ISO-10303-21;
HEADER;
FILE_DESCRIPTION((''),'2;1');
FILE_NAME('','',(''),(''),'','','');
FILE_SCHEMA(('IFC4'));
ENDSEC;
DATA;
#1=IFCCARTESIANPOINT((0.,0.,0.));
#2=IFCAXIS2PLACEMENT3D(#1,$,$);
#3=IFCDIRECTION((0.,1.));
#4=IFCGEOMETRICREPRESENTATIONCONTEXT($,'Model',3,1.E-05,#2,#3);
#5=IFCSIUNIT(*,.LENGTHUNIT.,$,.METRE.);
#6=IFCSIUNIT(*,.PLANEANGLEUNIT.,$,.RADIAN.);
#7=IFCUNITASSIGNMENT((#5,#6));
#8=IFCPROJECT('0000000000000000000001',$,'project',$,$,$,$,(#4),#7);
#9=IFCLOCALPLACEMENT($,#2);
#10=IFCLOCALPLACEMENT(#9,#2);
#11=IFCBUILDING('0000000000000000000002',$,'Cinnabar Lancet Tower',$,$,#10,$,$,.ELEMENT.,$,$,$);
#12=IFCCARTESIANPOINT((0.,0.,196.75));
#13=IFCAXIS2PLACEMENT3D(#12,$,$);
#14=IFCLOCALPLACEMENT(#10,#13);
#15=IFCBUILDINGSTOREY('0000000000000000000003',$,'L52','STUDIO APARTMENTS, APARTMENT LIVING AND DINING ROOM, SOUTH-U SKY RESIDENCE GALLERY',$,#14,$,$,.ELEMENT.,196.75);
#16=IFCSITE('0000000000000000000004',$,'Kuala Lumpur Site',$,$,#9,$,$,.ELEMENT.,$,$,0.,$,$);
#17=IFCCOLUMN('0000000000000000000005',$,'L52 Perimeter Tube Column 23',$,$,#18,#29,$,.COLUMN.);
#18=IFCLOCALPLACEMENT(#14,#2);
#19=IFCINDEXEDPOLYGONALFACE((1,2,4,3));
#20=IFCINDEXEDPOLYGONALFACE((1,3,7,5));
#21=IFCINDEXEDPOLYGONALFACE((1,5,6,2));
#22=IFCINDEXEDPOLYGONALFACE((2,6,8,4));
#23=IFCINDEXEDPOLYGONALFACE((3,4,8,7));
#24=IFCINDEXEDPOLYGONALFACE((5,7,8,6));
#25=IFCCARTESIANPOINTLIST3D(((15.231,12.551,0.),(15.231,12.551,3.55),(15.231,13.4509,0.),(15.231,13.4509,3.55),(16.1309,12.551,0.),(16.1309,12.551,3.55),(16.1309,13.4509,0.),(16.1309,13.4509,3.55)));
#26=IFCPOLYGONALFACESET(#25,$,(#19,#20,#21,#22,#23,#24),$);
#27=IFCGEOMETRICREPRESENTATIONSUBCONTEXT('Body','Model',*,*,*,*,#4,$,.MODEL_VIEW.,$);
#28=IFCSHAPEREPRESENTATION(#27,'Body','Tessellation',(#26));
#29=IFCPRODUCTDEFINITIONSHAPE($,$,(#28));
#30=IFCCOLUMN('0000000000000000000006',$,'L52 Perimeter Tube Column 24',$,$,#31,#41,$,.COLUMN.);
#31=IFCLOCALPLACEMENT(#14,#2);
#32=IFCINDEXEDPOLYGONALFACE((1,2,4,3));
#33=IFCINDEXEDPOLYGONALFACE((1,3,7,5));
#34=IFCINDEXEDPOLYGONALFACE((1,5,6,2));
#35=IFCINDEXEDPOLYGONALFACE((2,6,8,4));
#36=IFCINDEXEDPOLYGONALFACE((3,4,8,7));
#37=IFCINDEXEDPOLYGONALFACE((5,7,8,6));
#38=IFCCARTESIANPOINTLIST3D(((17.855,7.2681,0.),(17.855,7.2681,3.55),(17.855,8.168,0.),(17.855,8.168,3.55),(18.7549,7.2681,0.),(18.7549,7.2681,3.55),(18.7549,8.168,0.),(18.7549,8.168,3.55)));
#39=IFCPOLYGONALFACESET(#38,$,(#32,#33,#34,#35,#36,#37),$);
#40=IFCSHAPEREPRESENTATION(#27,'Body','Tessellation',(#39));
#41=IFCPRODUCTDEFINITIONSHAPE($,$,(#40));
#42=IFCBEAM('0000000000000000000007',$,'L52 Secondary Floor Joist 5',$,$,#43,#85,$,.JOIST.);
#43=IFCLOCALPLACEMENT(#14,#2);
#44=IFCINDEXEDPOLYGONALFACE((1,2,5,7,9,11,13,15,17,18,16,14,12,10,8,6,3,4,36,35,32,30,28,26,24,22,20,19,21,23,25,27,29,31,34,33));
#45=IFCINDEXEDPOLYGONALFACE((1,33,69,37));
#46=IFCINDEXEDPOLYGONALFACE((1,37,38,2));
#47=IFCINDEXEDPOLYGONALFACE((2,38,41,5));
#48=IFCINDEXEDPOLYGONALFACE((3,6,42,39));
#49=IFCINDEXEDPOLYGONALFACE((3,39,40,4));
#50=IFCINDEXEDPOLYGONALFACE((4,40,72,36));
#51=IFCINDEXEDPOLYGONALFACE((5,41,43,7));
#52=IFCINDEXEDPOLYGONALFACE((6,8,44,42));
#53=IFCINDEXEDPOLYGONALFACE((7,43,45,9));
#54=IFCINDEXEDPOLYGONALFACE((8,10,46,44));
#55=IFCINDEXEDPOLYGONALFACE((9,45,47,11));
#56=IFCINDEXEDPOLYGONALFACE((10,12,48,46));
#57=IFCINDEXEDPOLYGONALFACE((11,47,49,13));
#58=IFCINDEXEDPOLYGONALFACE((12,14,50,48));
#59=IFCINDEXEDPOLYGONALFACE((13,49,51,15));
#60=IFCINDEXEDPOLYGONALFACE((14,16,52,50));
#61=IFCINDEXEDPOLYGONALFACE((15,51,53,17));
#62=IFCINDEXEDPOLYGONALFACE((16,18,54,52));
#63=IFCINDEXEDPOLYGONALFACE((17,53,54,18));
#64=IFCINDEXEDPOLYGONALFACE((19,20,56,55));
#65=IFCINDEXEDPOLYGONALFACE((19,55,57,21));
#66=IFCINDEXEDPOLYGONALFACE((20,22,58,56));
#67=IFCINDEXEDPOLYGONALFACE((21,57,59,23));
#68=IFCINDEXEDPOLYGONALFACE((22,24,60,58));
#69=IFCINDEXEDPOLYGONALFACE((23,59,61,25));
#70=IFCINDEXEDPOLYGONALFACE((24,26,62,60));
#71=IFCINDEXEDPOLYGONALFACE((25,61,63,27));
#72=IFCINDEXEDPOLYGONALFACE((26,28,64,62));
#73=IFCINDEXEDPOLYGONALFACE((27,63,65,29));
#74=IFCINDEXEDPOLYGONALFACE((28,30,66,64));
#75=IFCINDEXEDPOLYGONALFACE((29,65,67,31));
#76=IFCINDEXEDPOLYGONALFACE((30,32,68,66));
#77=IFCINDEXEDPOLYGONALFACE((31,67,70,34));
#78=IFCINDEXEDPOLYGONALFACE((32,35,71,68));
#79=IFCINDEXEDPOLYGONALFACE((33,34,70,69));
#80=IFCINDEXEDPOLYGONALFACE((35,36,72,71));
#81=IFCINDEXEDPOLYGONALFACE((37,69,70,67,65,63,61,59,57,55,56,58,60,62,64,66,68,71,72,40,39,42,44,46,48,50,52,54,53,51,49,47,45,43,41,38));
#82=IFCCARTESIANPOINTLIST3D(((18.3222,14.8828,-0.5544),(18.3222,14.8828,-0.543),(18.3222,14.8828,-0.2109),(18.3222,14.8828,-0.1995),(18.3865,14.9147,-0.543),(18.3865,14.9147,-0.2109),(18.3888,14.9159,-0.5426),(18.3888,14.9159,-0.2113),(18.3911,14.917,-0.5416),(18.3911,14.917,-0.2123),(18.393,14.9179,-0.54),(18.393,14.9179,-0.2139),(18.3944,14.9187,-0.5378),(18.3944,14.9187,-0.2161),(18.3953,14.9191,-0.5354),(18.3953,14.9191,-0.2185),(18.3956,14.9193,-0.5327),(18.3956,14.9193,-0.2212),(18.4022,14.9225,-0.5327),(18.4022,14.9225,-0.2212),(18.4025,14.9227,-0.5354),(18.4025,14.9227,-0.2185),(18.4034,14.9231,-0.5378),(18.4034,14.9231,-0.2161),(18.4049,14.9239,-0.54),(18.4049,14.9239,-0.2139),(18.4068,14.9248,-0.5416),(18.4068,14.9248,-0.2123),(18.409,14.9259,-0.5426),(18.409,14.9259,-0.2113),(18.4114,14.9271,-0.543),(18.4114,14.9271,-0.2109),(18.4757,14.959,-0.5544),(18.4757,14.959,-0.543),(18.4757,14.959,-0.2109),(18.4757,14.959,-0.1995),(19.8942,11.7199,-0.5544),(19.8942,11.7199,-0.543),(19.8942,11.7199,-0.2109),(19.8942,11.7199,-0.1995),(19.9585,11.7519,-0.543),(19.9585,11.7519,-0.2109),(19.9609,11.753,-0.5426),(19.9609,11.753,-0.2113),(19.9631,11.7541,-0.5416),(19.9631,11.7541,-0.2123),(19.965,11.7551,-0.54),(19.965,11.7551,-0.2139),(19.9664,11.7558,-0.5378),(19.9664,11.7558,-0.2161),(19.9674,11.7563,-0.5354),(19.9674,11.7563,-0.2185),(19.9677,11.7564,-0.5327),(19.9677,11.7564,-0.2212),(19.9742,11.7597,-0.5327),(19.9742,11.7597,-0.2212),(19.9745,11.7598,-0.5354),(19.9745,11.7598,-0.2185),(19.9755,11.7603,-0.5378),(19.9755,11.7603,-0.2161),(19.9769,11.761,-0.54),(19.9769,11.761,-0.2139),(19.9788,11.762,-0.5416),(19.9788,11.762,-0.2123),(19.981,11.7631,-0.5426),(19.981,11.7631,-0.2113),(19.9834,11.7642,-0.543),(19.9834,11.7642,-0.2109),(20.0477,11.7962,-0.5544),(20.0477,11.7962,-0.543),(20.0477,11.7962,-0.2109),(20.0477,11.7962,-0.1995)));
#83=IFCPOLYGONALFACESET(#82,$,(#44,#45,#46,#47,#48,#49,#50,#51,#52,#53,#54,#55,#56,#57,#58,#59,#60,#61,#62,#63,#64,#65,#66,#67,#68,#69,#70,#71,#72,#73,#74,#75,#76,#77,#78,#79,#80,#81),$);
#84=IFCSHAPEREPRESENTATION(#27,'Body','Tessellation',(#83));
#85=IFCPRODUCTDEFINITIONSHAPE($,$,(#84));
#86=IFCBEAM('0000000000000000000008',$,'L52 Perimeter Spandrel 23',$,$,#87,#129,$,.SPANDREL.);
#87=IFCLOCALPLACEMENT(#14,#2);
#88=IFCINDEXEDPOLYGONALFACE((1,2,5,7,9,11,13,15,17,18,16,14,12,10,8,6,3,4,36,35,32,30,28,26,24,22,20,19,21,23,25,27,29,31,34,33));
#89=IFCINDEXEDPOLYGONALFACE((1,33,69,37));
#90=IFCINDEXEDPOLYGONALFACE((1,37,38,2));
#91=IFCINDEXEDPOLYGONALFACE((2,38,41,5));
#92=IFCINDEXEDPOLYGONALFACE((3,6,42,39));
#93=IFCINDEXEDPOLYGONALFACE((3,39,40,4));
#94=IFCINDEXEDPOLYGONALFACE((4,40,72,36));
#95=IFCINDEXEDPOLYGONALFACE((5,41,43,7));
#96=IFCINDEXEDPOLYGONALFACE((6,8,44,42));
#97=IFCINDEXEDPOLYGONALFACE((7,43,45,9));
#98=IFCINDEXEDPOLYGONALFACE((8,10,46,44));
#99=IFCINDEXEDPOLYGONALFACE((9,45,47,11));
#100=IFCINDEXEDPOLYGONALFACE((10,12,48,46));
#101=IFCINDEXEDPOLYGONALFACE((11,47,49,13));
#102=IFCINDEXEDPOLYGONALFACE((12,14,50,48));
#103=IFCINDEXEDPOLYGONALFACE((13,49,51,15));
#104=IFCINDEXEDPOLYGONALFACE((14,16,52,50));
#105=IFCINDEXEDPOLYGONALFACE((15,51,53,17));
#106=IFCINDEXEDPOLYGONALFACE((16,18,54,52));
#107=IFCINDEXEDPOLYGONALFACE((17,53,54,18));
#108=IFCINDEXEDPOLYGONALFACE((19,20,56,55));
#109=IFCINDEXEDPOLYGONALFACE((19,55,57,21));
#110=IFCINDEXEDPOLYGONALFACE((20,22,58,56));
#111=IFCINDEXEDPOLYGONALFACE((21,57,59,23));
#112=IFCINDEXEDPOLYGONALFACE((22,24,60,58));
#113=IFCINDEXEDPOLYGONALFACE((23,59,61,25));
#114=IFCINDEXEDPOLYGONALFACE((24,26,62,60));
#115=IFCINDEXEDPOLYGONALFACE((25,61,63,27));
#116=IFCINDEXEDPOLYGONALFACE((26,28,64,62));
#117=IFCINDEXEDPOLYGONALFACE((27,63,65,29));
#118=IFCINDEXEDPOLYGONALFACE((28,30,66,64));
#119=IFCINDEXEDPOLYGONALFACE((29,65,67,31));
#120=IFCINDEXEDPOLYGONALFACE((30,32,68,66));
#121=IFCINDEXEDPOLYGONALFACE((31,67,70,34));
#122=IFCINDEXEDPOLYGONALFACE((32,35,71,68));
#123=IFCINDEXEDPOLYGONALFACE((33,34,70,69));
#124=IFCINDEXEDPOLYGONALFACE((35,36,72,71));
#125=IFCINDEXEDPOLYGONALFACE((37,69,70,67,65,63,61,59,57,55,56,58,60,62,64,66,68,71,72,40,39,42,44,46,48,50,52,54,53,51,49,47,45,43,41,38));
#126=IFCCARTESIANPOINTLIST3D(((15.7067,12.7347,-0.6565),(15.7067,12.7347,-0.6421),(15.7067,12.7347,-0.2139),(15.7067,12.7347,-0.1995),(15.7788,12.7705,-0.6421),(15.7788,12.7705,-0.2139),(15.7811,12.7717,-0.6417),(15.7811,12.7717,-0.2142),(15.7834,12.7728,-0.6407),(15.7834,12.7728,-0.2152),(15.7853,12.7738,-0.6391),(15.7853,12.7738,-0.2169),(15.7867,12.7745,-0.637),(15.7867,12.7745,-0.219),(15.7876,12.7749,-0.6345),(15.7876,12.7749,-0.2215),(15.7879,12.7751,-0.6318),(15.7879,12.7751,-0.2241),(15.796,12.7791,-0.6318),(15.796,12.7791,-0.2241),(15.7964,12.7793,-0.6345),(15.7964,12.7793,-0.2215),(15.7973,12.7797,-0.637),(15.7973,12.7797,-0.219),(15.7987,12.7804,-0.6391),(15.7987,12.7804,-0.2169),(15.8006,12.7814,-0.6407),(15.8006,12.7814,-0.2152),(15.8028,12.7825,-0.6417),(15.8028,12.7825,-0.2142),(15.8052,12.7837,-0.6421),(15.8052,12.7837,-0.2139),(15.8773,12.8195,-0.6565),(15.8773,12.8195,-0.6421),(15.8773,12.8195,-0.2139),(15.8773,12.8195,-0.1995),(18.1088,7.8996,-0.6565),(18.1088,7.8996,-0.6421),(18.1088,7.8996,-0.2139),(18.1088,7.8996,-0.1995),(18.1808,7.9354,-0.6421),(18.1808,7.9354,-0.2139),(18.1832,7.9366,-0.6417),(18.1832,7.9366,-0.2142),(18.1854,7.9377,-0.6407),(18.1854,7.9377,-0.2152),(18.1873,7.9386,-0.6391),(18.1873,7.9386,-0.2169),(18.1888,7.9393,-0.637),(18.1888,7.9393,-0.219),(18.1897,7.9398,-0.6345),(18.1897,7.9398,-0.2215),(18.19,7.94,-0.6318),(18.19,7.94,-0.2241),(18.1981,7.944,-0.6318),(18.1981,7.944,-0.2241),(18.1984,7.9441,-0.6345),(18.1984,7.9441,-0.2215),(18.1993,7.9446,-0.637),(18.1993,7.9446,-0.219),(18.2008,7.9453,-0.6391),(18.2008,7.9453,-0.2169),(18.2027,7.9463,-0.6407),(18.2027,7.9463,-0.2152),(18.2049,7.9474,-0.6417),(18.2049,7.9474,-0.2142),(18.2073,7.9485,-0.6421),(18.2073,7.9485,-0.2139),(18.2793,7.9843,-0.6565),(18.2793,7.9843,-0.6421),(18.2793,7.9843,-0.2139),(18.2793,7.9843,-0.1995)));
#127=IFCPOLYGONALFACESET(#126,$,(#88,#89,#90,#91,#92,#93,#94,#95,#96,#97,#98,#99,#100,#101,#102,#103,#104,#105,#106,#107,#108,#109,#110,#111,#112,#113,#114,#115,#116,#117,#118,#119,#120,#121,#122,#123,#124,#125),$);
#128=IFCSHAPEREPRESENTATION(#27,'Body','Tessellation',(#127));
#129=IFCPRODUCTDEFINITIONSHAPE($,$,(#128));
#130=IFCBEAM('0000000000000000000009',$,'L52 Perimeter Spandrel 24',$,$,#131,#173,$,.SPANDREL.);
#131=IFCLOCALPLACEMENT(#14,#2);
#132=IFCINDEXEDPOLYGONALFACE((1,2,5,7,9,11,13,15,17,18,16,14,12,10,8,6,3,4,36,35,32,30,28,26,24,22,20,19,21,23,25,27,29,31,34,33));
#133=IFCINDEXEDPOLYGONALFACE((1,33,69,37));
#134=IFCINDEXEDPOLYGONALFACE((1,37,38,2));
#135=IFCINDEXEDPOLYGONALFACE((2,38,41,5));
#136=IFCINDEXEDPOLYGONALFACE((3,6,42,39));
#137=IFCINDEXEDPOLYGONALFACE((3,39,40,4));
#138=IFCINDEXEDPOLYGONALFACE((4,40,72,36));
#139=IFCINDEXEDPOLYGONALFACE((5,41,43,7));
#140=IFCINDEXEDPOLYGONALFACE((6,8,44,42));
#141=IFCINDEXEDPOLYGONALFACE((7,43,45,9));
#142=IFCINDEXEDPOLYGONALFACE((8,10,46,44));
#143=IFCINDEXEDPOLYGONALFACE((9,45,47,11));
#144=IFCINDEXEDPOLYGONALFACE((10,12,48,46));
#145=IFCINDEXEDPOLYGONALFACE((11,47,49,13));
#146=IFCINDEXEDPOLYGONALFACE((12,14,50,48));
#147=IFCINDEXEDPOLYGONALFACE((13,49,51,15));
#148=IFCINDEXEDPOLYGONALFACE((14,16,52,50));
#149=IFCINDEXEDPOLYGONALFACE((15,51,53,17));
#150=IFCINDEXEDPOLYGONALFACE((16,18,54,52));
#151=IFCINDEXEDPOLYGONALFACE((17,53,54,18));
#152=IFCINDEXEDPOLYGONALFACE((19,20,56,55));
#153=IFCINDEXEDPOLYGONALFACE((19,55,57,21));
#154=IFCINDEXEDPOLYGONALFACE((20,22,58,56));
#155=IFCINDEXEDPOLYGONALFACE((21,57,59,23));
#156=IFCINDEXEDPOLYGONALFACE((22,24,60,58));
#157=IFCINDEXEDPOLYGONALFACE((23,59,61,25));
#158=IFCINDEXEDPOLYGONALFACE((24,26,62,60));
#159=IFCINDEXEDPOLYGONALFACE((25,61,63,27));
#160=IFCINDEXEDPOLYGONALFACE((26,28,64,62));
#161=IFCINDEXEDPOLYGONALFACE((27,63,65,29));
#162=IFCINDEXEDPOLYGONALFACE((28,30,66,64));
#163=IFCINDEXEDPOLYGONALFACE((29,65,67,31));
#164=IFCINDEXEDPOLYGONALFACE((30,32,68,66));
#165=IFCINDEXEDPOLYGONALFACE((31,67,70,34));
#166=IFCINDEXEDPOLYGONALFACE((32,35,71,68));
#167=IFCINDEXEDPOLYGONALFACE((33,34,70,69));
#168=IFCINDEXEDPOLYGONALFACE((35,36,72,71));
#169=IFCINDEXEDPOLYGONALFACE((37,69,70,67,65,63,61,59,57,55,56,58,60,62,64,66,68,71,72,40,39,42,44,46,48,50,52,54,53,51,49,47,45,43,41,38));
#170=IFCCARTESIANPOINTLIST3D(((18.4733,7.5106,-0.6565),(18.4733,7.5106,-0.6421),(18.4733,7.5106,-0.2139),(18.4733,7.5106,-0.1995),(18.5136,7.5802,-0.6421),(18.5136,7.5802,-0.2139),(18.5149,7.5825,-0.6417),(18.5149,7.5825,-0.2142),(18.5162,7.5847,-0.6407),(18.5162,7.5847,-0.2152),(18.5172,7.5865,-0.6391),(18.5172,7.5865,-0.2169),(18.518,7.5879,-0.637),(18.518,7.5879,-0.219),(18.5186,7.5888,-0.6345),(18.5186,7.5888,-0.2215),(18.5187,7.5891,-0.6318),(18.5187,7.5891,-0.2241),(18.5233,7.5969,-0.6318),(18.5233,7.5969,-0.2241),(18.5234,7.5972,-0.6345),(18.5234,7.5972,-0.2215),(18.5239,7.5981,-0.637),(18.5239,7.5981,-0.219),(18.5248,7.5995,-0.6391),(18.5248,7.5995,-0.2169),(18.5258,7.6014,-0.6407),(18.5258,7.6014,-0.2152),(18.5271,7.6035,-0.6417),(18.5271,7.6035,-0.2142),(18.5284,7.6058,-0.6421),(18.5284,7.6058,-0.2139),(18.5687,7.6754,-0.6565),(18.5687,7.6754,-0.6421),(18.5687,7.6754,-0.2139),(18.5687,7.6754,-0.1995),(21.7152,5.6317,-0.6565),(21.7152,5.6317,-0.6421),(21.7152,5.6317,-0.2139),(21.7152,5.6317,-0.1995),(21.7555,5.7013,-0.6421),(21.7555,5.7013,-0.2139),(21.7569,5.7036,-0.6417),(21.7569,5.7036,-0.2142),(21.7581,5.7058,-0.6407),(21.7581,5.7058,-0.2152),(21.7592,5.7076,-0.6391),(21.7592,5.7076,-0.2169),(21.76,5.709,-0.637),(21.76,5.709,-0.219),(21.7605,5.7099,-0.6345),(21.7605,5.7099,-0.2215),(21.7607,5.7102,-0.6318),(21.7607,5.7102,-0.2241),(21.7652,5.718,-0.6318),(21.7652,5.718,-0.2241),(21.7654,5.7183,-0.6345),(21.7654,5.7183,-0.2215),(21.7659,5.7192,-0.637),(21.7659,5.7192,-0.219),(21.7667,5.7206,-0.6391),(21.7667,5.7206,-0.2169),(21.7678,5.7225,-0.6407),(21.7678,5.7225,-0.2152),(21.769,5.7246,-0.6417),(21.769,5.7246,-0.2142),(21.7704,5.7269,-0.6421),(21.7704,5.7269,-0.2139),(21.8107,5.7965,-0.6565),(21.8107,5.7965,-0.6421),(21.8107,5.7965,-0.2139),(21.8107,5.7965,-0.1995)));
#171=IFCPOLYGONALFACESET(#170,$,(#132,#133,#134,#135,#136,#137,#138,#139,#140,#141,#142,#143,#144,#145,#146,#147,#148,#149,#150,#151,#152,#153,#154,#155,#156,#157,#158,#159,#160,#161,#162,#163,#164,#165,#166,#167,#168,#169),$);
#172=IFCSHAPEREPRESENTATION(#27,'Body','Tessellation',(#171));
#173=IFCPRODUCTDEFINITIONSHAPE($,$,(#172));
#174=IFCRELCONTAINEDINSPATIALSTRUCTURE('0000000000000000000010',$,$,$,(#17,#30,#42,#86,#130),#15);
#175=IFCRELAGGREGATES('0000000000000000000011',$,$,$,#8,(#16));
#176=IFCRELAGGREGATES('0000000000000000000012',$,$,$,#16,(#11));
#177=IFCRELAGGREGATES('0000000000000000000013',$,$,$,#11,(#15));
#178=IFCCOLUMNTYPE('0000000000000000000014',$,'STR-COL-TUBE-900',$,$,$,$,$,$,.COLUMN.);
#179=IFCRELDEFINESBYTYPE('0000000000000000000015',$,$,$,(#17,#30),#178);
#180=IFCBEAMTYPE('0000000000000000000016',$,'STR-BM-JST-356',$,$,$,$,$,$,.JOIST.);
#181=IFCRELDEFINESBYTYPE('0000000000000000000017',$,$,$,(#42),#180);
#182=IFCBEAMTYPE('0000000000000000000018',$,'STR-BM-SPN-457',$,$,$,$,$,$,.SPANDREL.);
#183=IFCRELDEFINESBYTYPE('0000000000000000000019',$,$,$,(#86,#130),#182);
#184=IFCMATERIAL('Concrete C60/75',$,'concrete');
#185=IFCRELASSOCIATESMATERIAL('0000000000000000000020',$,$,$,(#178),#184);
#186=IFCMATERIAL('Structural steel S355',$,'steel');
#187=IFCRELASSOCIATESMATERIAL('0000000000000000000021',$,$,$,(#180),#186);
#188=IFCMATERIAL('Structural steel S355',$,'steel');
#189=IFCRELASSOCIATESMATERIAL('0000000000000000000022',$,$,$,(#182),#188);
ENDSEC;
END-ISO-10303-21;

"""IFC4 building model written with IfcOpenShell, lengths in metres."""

from ifc_helpers import new_model, si_unit, direction, frame, origin, origin_2d, place, context, subcontext, project, spatial, rectangle, i_section, extrude, material, material_profile, profile_set, type_object, element, save


model = new_model("IFC4")

# Units and contexts
model_context = context("Model", 3, precision=1e-05, world=origin(), true_north=direction((0.0, 1.0)))
body_context = subcontext(model_context, "Body", "Model", "MODEL_VIEW")
ifc_project = project(units=[si_unit("LENGTHUNIT", "METRE"), si_unit("PLANEANGLEUNIT", "RADIAN")], contexts=[model_context])

# Site, building, storey
site_placement = place(None, origin())
site = spatial("IfcSite", under=ifc_project, at=site_placement, Name="Kuala Lumpur Site", CompositionType="ELEMENT", RefElevation=0.0)
building_placement = place(site_placement, origin())
building = spatial("IfcBuilding", under=site, at=building_placement, Name="Cinnabar Lancet Tower", CompositionType="ELEMENT")
storey_placement = place(building_placement, frame((0.0, 0.0, 196.75)))
storey = spatial("IfcBuildingStorey", under=building, at=storey_placement, Name="L52", Description="STUDIO APARTMENTS, APARTMENT LIVING AND DINING ROOM, SOUTH-U SKY RESIDENCE GALLERY", CompositionType="ELEMENT", Elevation=196.75)

# Columns
ifc_material_1 = material(Name="Concrete C60/75", Category="concrete")
ifc_material_profile_1 = material_profile(ifc_material_1, rectangle(XDim=0.8999, YDim=0.8999, at=origin_2d()), Name="RC-COL 900x900")
ifc_profile_set_1 = profile_set([ifc_material_profile_1], Name="Concrete C60/75")
column_type = type_object("IfcColumnType", Name="STR-COL-TUBE-900", PredefinedType="COLUMN", material=ifc_profile_set_1)
for number, where, z_axis, x_axis, name in (
    (1, (15.6809, 13.001, 0.0), (0.0, 0.0, 1.0), (1.0, 0.0, 0.0), "L52 Perimeter Tube Column 23"),
    (2, (18.3049, 7.718, 0.0), (0.0, 0.0, 1.0), (1.0, 0.0, 0.0), "L52 Perimeter Tube Column 24"),
):
    element("IfcColumn", number, at=place(storey_placement, frame(where, z_axis=z_axis, x_axis=x_axis)), inside=storey, type_object=column_type, Name=name, PredefinedType="COLUMN", context=body_context, shape_type="SweptSolid", body=[
        extrude(rectangle(XDim=0.8999, YDim=0.8999, at=origin_2d()), origin(), (0.0, 0.0, 1.0), 3.55),
    ])

# Beams
ifc_material_2 = material(Name="Structural steel S355", Category="steel")
ifc_material_profile_2 = material_profile(ifc_material_2, i_section(OverallWidth=0.1714, OverallDepth=0.355, WebThickness=0.0073, FlangeThickness=0.0115, FilletRadius=0.0103, at=origin_2d()), Name="UKB 356x171x51")
ifc_profile_set_2 = profile_set([ifc_material_profile_2], Name="Structural steel S355")
beam_type_1 = type_object("IfcBeamType", Name="STR-BM-JST-356", PredefinedType="JOIST", material=ifc_profile_set_2)
beam_1_placement = place(storey_placement, frame((18.3989, 14.9209, -0.377), z_axis=(0.445083, -0.895489, 0.0), x_axis=(0.895489, 0.445083, 0.0)))
element("IfcBeam", 3, at=beam_1_placement, inside=storey, type_object=beam_type_1, Name="L52 Secondary Floor Joist 5", PredefinedType="JOIST", context=body_context, shape_type="SweptSolid", body=[
    extrude(i_section(OverallWidth=0.1714, OverallDepth=0.355, WebThickness=0.0073, FlangeThickness=0.0115, FilletRadius=0.0103, at=origin_2d()), origin(), (0.0, 0.0, 1.0), 3.532),
])
ifc_material_3 = material(Name="Structural steel S355", Category="steel")
ifc_material_profile_3 = material_profile(ifc_material_3, i_section(OverallWidth=0.1904, OverallDepth=0.457, WebThickness=0.009, FlangeThickness=0.0144, FilletRadius=0.0103, at=origin_2d()), Name="UKB 457x191x74")
ifc_profile_set_3 = profile_set([ifc_material_profile_3], Name="Structural steel S355")
beam_type_2 = type_object("IfcBeamType", Name="STR-BM-SPN-457", PredefinedType="SPANDREL", material=ifc_profile_set_3)
beam_2_placement = place(storey_placement, frame((15.792, 12.7771, -0.428), z_axis=(0.444915, -0.895573, 0.0), x_axis=(0.895573, 0.444915, 0.0)))
element("IfcBeam", 4, at=beam_2_placement, inside=storey, type_object=beam_type_2, Name="L52 Perimeter Spandrel 23", PredefinedType="SPANDREL", context=body_context, shape_type="SweptSolid", body=[
    extrude(i_section(OverallWidth=0.1904, OverallDepth=0.457, WebThickness=0.009, FlangeThickness=0.0144, FilletRadius=0.0103, at=origin_2d()), origin(), (0.0, 0.0, 1.0), 5.3989),
])
beam_3_placement = place(storey_placement, frame((18.521, 7.593, -0.428), z_axis=(0.865196, -0.501434, 0.0), x_axis=(0.501434, 0.865196, 0.0)))
element("IfcBeam", 5, at=beam_3_placement, inside=storey, type_object=beam_type_2, Name="L52 Perimeter Spandrel 24", PredefinedType="SPANDREL", context=body_context, shape_type="SweptSolid", body=[
    extrude(i_section(OverallWidth=0.1904, OverallDepth=0.457, WebThickness=0.009, FlangeThickness=0.0144, FilletRadius=0.0103, at=origin_2d()), origin(), (0.0, 0.0, 1.0), 3.7471),
])

save(model, "model.ifc")
